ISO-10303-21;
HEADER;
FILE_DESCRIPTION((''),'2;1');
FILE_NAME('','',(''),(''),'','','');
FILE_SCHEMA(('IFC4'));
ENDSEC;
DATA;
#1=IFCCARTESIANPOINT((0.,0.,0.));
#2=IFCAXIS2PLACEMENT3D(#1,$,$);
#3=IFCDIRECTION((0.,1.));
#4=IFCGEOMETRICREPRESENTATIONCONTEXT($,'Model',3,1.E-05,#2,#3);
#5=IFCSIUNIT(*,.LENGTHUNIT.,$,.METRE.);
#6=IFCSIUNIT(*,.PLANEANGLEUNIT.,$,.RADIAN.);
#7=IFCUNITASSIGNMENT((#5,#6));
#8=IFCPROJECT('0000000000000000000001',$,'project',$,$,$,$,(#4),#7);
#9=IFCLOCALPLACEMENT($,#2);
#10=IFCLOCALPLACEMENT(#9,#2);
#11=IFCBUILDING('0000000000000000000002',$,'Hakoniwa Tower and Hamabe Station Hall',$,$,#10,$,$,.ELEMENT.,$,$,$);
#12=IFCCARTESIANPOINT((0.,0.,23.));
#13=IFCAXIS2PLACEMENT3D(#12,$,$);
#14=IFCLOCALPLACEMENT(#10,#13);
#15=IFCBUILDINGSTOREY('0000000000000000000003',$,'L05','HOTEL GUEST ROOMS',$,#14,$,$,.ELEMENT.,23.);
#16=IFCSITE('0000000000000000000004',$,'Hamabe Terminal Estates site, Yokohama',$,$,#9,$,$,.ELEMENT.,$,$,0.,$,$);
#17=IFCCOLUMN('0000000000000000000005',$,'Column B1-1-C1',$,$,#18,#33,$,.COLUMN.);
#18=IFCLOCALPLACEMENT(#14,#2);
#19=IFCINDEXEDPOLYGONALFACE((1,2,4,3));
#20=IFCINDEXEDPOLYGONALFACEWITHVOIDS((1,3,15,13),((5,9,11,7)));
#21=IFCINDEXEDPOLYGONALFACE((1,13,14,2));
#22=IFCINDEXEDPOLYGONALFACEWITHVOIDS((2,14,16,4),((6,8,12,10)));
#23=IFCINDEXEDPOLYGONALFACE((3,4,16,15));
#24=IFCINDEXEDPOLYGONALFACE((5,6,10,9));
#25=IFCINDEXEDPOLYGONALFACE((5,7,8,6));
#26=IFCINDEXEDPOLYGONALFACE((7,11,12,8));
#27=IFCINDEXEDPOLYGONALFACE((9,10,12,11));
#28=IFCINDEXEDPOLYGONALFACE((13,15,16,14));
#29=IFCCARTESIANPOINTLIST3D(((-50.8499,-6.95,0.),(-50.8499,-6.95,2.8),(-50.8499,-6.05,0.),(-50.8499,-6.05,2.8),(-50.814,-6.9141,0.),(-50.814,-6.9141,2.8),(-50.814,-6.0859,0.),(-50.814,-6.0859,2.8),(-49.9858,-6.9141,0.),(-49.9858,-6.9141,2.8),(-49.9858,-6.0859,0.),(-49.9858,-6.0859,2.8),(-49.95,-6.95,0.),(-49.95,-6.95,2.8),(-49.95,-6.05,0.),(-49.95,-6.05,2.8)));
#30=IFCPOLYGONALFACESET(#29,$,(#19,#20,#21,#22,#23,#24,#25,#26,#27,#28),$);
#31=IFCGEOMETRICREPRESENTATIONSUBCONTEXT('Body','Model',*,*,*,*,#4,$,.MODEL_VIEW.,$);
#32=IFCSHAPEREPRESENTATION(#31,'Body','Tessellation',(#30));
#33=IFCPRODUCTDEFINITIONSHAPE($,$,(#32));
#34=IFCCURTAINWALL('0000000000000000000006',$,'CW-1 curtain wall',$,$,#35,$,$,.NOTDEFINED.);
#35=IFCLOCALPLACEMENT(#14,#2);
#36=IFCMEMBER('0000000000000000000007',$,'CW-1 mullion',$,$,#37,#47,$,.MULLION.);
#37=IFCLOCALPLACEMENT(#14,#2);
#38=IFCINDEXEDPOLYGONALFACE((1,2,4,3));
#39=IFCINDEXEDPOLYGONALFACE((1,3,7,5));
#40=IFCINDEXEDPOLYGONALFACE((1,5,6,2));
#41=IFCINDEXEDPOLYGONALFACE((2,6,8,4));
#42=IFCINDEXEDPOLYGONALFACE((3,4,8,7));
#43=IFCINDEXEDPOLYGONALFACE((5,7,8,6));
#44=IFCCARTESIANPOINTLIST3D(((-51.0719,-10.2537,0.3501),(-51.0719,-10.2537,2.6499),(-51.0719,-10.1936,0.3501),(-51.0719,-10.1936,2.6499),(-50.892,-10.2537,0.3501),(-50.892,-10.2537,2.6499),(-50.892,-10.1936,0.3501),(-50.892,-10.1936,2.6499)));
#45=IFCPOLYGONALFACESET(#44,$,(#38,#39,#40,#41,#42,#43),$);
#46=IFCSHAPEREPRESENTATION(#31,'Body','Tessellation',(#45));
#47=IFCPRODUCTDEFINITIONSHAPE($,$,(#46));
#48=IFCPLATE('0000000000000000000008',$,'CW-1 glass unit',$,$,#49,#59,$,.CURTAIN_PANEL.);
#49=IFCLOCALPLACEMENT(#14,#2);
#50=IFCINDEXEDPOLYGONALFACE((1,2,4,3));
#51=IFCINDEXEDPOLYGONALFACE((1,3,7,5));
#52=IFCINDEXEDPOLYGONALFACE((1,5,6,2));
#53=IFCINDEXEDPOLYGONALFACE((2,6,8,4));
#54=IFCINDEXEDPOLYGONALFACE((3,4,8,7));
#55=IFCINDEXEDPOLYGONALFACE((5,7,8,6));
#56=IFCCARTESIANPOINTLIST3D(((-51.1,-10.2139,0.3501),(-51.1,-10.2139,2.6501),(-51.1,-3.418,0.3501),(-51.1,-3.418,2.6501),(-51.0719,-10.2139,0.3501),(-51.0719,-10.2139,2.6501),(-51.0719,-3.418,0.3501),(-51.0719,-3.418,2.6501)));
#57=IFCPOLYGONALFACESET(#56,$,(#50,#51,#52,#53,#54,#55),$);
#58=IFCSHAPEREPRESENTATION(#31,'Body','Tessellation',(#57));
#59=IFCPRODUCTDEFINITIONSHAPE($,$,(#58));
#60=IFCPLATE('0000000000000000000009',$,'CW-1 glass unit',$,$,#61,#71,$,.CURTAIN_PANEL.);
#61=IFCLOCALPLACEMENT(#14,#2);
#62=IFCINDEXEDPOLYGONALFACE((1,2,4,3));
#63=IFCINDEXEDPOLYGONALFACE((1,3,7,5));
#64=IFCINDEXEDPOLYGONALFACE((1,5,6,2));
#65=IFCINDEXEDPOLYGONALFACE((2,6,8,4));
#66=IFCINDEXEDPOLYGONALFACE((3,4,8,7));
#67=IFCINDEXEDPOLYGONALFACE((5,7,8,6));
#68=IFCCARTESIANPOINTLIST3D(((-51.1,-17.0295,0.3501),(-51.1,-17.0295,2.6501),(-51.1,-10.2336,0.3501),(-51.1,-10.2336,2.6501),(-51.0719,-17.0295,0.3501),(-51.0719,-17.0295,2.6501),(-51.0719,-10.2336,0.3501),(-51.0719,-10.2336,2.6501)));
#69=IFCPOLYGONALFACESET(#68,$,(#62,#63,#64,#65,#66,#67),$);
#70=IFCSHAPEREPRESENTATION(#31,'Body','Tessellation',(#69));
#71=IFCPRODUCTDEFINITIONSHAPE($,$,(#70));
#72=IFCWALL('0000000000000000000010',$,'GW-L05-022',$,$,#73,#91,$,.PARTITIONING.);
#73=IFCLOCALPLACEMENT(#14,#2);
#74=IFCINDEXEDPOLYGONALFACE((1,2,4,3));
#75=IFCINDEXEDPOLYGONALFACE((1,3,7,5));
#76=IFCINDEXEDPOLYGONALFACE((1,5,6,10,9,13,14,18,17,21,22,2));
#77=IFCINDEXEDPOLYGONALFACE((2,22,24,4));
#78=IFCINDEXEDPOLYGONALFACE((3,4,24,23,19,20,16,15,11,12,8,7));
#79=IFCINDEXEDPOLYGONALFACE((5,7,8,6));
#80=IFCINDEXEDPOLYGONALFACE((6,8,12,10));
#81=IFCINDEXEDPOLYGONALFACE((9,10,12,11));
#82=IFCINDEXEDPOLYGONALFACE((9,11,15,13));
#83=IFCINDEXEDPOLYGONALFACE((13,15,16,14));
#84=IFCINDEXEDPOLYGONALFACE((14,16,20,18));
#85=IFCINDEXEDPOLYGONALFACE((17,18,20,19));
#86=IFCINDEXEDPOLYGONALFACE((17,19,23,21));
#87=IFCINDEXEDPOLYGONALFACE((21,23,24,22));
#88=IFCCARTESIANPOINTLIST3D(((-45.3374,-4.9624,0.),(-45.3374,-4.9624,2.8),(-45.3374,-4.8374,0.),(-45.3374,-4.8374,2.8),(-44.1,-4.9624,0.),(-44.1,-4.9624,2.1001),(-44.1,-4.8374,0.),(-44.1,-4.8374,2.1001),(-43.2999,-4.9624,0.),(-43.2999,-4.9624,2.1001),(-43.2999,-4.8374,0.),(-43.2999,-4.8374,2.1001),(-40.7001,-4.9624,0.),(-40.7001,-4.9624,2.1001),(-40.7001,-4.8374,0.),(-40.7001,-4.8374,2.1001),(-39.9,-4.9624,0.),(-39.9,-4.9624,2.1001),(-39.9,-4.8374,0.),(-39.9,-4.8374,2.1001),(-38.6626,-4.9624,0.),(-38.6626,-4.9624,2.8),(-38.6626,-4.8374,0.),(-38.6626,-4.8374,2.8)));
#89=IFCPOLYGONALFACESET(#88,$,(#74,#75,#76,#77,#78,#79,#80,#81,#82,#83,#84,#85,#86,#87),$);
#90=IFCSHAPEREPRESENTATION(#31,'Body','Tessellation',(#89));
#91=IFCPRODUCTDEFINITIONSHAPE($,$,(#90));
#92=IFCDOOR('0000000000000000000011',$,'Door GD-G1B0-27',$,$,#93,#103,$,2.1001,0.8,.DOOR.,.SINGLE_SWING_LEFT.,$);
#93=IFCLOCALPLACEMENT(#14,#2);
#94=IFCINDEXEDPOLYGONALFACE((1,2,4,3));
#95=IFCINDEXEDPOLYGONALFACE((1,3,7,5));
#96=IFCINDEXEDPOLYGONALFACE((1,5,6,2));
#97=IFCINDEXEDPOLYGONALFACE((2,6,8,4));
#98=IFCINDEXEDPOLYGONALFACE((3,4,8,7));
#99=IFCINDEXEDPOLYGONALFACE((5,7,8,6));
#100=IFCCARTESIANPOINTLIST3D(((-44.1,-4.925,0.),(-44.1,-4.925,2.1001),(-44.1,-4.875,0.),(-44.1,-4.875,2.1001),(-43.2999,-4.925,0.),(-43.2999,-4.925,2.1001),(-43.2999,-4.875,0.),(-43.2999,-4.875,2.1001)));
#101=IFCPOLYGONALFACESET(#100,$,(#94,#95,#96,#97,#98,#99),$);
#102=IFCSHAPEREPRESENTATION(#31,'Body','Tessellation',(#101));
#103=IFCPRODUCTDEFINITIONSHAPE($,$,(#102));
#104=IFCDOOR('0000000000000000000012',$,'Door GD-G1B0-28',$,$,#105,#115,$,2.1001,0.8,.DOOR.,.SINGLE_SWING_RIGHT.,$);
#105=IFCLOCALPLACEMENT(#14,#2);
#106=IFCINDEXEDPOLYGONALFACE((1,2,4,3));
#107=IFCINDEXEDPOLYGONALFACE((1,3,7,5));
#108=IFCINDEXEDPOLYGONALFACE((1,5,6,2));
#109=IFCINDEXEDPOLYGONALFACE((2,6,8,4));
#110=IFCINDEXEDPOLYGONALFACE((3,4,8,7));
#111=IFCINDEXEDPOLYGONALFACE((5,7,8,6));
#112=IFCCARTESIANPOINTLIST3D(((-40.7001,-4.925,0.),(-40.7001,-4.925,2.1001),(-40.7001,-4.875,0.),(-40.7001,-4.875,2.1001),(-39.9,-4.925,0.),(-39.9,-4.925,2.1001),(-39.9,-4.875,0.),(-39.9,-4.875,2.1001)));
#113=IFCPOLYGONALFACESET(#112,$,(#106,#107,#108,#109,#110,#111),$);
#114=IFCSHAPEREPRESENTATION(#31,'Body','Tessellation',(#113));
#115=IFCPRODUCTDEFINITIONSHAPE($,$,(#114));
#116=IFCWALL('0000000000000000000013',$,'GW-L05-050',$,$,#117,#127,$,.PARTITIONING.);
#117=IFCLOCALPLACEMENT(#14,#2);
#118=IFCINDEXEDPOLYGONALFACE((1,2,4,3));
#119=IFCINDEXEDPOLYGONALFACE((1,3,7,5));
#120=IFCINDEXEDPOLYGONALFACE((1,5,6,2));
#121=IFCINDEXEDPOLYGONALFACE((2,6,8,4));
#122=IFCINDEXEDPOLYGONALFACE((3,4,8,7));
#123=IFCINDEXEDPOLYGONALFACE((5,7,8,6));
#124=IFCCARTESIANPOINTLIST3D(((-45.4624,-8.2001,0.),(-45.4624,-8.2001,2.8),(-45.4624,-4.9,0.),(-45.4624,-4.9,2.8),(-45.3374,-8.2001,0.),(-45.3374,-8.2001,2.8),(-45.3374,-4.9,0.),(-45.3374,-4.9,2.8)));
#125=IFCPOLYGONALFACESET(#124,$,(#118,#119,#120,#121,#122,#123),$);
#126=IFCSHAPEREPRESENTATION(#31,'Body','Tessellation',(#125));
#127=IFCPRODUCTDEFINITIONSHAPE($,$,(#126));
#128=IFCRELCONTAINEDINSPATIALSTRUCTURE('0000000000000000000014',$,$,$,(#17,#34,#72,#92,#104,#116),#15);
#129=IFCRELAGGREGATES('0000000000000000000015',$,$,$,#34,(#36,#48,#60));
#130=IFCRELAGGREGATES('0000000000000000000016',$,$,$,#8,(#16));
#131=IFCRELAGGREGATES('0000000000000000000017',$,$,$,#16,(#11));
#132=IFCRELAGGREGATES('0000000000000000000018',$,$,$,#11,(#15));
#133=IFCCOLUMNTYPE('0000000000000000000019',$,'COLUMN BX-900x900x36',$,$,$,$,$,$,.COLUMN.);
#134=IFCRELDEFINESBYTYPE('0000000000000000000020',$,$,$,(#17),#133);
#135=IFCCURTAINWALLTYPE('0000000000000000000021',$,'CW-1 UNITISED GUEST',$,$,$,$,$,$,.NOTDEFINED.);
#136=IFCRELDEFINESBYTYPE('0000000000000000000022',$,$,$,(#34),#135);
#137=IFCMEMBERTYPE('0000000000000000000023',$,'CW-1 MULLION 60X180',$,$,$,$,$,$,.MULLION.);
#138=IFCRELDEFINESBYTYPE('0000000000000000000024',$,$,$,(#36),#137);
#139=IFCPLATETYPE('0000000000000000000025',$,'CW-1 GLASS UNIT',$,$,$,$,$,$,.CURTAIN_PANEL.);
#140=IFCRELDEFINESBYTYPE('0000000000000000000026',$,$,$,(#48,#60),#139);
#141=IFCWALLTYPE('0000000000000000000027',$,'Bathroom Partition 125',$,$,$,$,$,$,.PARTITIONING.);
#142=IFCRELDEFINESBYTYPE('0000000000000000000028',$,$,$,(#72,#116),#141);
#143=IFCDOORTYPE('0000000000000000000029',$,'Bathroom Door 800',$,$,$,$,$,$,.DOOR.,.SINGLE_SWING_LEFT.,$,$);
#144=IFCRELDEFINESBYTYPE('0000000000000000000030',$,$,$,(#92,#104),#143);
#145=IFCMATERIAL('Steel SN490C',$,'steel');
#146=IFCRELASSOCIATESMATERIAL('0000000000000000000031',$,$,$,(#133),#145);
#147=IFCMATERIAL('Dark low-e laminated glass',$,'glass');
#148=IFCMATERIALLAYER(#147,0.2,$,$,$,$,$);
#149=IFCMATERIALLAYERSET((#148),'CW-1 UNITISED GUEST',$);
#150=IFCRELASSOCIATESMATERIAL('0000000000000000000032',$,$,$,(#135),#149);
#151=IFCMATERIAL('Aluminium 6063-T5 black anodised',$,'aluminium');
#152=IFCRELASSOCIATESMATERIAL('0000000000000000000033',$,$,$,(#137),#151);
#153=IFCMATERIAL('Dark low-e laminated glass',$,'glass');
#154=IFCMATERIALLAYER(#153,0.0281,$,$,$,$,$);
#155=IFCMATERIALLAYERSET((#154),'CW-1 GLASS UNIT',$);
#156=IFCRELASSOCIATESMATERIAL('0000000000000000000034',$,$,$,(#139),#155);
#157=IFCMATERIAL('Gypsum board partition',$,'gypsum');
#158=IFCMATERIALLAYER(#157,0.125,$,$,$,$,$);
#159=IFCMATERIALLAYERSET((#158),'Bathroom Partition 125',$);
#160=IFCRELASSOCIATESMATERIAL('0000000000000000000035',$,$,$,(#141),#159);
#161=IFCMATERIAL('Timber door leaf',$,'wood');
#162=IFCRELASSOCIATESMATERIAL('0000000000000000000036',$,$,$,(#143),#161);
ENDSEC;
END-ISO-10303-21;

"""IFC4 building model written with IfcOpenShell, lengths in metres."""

from ifc_helpers import new_model, si_unit, direction, frame, frame_2d, origin, origin_2d, place, context, subcontext, project, spatial, rectangle, hollow_rectangle, extrude, material, layer, layer_set, material_profile, profile_set, type_object, element, fill, aggregate, save


model = new_model("IFC4")

# Units and contexts
model_context = context("Model", 3, precision=1e-05, world=origin(), true_north=direction((0.0, 1.0)))
body_context = subcontext(model_context, "Body", "Model", "MODEL_VIEW")
ifc_project = project(units=[si_unit("LENGTHUNIT", "METRE"), si_unit("PLANEANGLEUNIT", "RADIAN")], contexts=[model_context])

# Site, building, storey
site_placement = place(None, origin())
site = spatial("IfcSite", under=ifc_project, at=site_placement, Name="Hamabe Terminal Estates site, Yokohama", CompositionType="ELEMENT", RefElevation=0.0)
building_placement = place(site_placement, origin())
building = spatial("IfcBuilding", under=site, at=building_placement, Name="Hakoniwa Tower and Hamabe Station Hall", CompositionType="ELEMENT")
storey_placement = place(building_placement, frame((0.0, 0.0, 23.0)))
storey = spatial("IfcBuildingStorey", under=building, at=storey_placement, Name="L05", Description="HOTEL GUEST ROOMS", CompositionType="ELEMENT", Elevation=23.0)

# Column
ifc_material_1 = material(Name="Steel SN490C", Category="steel")
ifc_material_profile_1 = material_profile(ifc_material_1, hollow_rectangle(XDim=0.8999, YDim=0.8999, WallThickness=0.0359, at=origin_2d()), Name="BX-900x900x36")
ifc_profile_set_1 = profile_set([ifc_material_profile_1], Name="Steel SN490C")
column_type = type_object("IfcColumnType", Name="COLUMN BX-900x900x36", PredefinedType="COLUMN", material=ifc_profile_set_1)
column_placement = place(storey_placement, frame((-50.3999, -6.5, 0.0), z_axis=(0.0, 0.0, 1.0), x_axis=(1.0, 0.0, 0.0)))
element("IfcColumn", 1, at=column_placement, inside=storey, type_object=column_type, Name="Column B1-1-C1", PredefinedType="COLUMN", context=body_context, shape_type="SweptSolid", body=[
    extrude(hollow_rectangle(XDim=0.8999, YDim=0.8999, WallThickness=0.0359, at=origin_2d()), origin(), (0.0, 0.0, 1.0), 2.8),
])

# Curtain wall, member, plates
ifc_material_2 = material(Name="Dark low-e laminated glass", Category="glass")
ifc_layer_1 = layer(ifc_material_2, 0.2)
ifc_layer_set_1 = layer_set([ifc_layer_1], Name="CW-1 UNITISED GUEST")
curtain_wall_type = type_object("IfcCurtainWallType", Name="CW-1 UNITISED GUEST", PredefinedType="NOTDEFINED", material=ifc_layer_set_1)
curtain_wall_placement = place(storey_placement, origin())
curtain_wall = element("IfcCurtainWall", 2, at=curtain_wall_placement, inside=storey, type_object=curtain_wall_type, Name="CW-1 curtain wall", PredefinedType="NOTDEFINED")
ifc_material_3 = material(Name="Aluminium 6063-T5 black anodised", Category="aluminium")
ifc_material_profile_2 = material_profile(ifc_material_3, rectangle(XDim=0.0601, YDim=0.1799, at=origin_2d()), Name="CW-1 MULLION 60X180")
ifc_profile_set_2 = profile_set([ifc_material_profile_2], Name="Aluminium 6063-T5 black anodised")
member_type = type_object("IfcMemberType", Name="CW-1 MULLION 60X180", PredefinedType="MULLION", material=ifc_profile_set_2)
member_placement = place(storey_placement, frame((-50.9819, -10.2236, 0.3501), z_axis=(0.0, 0.0, 1.0), x_axis=(0.0, -1.0, 0.0)))
member = element("IfcMember", 3, at=member_placement, type_object=member_type, Name="CW-1 mullion", PredefinedType="MULLION", context=body_context, shape_type="SweptSolid", body=[
    extrude(rectangle(XDim=0.0601, YDim=0.1799, at=origin_2d()), origin(), (0.0, 0.0, 1.0), 2.2998),
])
ifc_material_4 = material(Name="Dark low-e laminated glass", Category="glass")
ifc_layer_2 = layer(ifc_material_4, 0.0281)
ifc_layer_set_2 = layer_set([ifc_layer_2], Name="CW-1 GLASS UNIT")
plate_type = type_object("IfcPlateType", Name="CW-1 GLASS UNIT", PredefinedType="CURTAIN_PANEL", material=ifc_layer_set_2)
plate_1_placement = place(storey_placement, frame((-51.0859, -6.8159, 0.3501), z_axis=(0.0, 0.0, 1.0), x_axis=(0.0, -1.0, 0.0)))
plate_1 = element("IfcPlate", 4, at=plate_1_placement, type_object=plate_type, Name="CW-1 glass unit", PredefinedType="CURTAIN_PANEL", context=body_context, shape_type="SweptSolid", body=[
    extrude(rectangle(XDim=6.7959, YDim=0.0281, at=origin_2d()), origin(), (0.0, 0.0, 1.0), 2.3),
])
plate_2_placement = place(storey_placement, frame((-51.0859, -13.6316, 0.3501), z_axis=(0.0, 0.0, 1.0), x_axis=(0.0, -1.0, 0.0)))
plate_2 = element("IfcPlate", 5, at=plate_2_placement, type_object=plate_type, Name="CW-1 glass unit", PredefinedType="CURTAIN_PANEL", context=body_context, shape_type="SweptSolid", body=[
    extrude(rectangle(XDim=6.7959, YDim=0.0281, at=origin_2d()), origin(), (0.0, 0.0, 1.0), 2.3),
])
aggregate(curtain_wall, [member, plate_1, plate_2])

# Wall, openings, doors
ifc_material_5 = material(Name="Gypsum board partition", Category="gypsum")
ifc_layer_3 = layer(ifc_material_5, 0.125)
ifc_layer_set_3 = layer_set([ifc_layer_3], Name="Bathroom Partition 125")
wall_type_1 = type_object("IfcWallType", Name="Bathroom Partition 125", PredefinedType="PARTITIONING", material=ifc_layer_set_3)
wall_1_placement = place(storey_placement, frame((-45.3374, -4.8999, 0.0), z_axis=(0.0, 0.0, 1.0), x_axis=(1.0, 0.0, 0.0)))
wall_1 = element("IfcWall", 6, at=wall_1_placement, inside=storey, type_object=wall_type_1, Name="GW-L05-022", PredefinedType="PARTITIONING", context=body_context, shape_type="SweptSolid", body=[
    extrude(rectangle(XDim=6.6748, YDim=0.125, at=frame_2d((3.3374, 0.0))), origin(), (0.0, 0.0, 1.0), 2.8),
])
opening_1_placement = place(wall_1_placement, frame((1.2375, 0.0, 0.0)))
opening_1 = element("IfcOpeningElement", 7, at=opening_1_placement, cuts=wall_1, PredefinedType="OPENING", context=body_context, shape_type="SweptSolid", body=[
    extrude(rectangle(XDim=0.8, YDim=2.1001, at=frame_2d((0.3999, 1.05))), frame((0.0, 0.0725, 0.0), z_axis=(0.0, -1.0, 0.0), x_axis=(1.0, 0.0, 0.0)), (0.0, 0.0, 1.0), 0.145),
])
opening_2_placement = place(wall_1_placement, frame((4.6375, 0.0, 0.0)))
opening_2 = element("IfcOpeningElement", 8, at=opening_2_placement, cuts=wall_1, PredefinedType="OPENING", context=body_context, shape_type="SweptSolid", body=[
    extrude(rectangle(XDim=0.8, YDim=2.1001, at=frame_2d((0.3999, 1.05))), frame((0.0, 0.0725, 0.0), z_axis=(0.0, -1.0, 0.0), x_axis=(1.0, 0.0, 0.0)), (0.0, 0.0, 1.0), 0.145),
])
ifc_material_6 = material(Name="Timber door leaf", Category="wood")
door_type_1 = type_object("IfcDoorType", Name="Bathroom Door 800", OperationType="SINGLE_SWING_LEFT", PredefinedType="DOOR", material=ifc_material_6)
door_1_placement = place(opening_1_placement, origin())
door_1 = element("IfcDoor", 9, at=door_1_placement, inside=storey, type_object=door_type_1, Name="Door GD-G1B0-27", OperationType="SINGLE_SWING_LEFT", OverallHeight=2.1001, OverallWidth=0.8, PredefinedType="DOOR", context=body_context, shape_type="SweptSolid", body=[
    extrude(rectangle(XDim=0.8, YDim=2.1001, at=frame_2d((0.3999, 1.05))), frame((0.0, 0.0249, 0.0), z_axis=(0.0, -1.0, 0.0), x_axis=(1.0, 0.0, 0.0)), (0.0, 0.0, 1.0), 0.05),
])
fill(opening_1, door_1)
door_2_placement = place(opening_2_placement, origin())
door_2 = element("IfcDoor", 10, at=door_2_placement, inside=storey, type_object=door_type_1, Name="Door GD-G1B0-28", OperationType="SINGLE_SWING_RIGHT", OverallHeight=2.1001, OverallWidth=0.8, PredefinedType="DOOR", context=body_context, shape_type="SweptSolid", body=[
    extrude(rectangle(XDim=0.8, YDim=2.1001, at=frame_2d((0.3999, 1.05))), frame((0.0, 0.0249, 0.0), z_axis=(0.0, -1.0, 0.0), x_axis=(1.0, 0.0, 0.0)), (0.0, 0.0, 1.0), 0.05),
])
fill(opening_2, door_2)

# Wall
wall_2_placement = place(storey_placement, frame((-45.3999, -8.2, 0.0), z_axis=(0.0, 0.0, 1.0), x_axis=(0.0, 1.0, 0.0)))
element("IfcWall", 11, at=wall_2_placement, inside=storey, type_object=wall_type_1, Name="GW-L05-050", PredefinedType="PARTITIONING", context=body_context, shape_type="SweptSolid", body=[
    extrude(rectangle(XDim=3.3, YDim=0.125, at=frame_2d((1.6499, 0.0))), origin(), (0.0, 0.0, 1.0), 2.8),
])

save(model, "model.ifc")
